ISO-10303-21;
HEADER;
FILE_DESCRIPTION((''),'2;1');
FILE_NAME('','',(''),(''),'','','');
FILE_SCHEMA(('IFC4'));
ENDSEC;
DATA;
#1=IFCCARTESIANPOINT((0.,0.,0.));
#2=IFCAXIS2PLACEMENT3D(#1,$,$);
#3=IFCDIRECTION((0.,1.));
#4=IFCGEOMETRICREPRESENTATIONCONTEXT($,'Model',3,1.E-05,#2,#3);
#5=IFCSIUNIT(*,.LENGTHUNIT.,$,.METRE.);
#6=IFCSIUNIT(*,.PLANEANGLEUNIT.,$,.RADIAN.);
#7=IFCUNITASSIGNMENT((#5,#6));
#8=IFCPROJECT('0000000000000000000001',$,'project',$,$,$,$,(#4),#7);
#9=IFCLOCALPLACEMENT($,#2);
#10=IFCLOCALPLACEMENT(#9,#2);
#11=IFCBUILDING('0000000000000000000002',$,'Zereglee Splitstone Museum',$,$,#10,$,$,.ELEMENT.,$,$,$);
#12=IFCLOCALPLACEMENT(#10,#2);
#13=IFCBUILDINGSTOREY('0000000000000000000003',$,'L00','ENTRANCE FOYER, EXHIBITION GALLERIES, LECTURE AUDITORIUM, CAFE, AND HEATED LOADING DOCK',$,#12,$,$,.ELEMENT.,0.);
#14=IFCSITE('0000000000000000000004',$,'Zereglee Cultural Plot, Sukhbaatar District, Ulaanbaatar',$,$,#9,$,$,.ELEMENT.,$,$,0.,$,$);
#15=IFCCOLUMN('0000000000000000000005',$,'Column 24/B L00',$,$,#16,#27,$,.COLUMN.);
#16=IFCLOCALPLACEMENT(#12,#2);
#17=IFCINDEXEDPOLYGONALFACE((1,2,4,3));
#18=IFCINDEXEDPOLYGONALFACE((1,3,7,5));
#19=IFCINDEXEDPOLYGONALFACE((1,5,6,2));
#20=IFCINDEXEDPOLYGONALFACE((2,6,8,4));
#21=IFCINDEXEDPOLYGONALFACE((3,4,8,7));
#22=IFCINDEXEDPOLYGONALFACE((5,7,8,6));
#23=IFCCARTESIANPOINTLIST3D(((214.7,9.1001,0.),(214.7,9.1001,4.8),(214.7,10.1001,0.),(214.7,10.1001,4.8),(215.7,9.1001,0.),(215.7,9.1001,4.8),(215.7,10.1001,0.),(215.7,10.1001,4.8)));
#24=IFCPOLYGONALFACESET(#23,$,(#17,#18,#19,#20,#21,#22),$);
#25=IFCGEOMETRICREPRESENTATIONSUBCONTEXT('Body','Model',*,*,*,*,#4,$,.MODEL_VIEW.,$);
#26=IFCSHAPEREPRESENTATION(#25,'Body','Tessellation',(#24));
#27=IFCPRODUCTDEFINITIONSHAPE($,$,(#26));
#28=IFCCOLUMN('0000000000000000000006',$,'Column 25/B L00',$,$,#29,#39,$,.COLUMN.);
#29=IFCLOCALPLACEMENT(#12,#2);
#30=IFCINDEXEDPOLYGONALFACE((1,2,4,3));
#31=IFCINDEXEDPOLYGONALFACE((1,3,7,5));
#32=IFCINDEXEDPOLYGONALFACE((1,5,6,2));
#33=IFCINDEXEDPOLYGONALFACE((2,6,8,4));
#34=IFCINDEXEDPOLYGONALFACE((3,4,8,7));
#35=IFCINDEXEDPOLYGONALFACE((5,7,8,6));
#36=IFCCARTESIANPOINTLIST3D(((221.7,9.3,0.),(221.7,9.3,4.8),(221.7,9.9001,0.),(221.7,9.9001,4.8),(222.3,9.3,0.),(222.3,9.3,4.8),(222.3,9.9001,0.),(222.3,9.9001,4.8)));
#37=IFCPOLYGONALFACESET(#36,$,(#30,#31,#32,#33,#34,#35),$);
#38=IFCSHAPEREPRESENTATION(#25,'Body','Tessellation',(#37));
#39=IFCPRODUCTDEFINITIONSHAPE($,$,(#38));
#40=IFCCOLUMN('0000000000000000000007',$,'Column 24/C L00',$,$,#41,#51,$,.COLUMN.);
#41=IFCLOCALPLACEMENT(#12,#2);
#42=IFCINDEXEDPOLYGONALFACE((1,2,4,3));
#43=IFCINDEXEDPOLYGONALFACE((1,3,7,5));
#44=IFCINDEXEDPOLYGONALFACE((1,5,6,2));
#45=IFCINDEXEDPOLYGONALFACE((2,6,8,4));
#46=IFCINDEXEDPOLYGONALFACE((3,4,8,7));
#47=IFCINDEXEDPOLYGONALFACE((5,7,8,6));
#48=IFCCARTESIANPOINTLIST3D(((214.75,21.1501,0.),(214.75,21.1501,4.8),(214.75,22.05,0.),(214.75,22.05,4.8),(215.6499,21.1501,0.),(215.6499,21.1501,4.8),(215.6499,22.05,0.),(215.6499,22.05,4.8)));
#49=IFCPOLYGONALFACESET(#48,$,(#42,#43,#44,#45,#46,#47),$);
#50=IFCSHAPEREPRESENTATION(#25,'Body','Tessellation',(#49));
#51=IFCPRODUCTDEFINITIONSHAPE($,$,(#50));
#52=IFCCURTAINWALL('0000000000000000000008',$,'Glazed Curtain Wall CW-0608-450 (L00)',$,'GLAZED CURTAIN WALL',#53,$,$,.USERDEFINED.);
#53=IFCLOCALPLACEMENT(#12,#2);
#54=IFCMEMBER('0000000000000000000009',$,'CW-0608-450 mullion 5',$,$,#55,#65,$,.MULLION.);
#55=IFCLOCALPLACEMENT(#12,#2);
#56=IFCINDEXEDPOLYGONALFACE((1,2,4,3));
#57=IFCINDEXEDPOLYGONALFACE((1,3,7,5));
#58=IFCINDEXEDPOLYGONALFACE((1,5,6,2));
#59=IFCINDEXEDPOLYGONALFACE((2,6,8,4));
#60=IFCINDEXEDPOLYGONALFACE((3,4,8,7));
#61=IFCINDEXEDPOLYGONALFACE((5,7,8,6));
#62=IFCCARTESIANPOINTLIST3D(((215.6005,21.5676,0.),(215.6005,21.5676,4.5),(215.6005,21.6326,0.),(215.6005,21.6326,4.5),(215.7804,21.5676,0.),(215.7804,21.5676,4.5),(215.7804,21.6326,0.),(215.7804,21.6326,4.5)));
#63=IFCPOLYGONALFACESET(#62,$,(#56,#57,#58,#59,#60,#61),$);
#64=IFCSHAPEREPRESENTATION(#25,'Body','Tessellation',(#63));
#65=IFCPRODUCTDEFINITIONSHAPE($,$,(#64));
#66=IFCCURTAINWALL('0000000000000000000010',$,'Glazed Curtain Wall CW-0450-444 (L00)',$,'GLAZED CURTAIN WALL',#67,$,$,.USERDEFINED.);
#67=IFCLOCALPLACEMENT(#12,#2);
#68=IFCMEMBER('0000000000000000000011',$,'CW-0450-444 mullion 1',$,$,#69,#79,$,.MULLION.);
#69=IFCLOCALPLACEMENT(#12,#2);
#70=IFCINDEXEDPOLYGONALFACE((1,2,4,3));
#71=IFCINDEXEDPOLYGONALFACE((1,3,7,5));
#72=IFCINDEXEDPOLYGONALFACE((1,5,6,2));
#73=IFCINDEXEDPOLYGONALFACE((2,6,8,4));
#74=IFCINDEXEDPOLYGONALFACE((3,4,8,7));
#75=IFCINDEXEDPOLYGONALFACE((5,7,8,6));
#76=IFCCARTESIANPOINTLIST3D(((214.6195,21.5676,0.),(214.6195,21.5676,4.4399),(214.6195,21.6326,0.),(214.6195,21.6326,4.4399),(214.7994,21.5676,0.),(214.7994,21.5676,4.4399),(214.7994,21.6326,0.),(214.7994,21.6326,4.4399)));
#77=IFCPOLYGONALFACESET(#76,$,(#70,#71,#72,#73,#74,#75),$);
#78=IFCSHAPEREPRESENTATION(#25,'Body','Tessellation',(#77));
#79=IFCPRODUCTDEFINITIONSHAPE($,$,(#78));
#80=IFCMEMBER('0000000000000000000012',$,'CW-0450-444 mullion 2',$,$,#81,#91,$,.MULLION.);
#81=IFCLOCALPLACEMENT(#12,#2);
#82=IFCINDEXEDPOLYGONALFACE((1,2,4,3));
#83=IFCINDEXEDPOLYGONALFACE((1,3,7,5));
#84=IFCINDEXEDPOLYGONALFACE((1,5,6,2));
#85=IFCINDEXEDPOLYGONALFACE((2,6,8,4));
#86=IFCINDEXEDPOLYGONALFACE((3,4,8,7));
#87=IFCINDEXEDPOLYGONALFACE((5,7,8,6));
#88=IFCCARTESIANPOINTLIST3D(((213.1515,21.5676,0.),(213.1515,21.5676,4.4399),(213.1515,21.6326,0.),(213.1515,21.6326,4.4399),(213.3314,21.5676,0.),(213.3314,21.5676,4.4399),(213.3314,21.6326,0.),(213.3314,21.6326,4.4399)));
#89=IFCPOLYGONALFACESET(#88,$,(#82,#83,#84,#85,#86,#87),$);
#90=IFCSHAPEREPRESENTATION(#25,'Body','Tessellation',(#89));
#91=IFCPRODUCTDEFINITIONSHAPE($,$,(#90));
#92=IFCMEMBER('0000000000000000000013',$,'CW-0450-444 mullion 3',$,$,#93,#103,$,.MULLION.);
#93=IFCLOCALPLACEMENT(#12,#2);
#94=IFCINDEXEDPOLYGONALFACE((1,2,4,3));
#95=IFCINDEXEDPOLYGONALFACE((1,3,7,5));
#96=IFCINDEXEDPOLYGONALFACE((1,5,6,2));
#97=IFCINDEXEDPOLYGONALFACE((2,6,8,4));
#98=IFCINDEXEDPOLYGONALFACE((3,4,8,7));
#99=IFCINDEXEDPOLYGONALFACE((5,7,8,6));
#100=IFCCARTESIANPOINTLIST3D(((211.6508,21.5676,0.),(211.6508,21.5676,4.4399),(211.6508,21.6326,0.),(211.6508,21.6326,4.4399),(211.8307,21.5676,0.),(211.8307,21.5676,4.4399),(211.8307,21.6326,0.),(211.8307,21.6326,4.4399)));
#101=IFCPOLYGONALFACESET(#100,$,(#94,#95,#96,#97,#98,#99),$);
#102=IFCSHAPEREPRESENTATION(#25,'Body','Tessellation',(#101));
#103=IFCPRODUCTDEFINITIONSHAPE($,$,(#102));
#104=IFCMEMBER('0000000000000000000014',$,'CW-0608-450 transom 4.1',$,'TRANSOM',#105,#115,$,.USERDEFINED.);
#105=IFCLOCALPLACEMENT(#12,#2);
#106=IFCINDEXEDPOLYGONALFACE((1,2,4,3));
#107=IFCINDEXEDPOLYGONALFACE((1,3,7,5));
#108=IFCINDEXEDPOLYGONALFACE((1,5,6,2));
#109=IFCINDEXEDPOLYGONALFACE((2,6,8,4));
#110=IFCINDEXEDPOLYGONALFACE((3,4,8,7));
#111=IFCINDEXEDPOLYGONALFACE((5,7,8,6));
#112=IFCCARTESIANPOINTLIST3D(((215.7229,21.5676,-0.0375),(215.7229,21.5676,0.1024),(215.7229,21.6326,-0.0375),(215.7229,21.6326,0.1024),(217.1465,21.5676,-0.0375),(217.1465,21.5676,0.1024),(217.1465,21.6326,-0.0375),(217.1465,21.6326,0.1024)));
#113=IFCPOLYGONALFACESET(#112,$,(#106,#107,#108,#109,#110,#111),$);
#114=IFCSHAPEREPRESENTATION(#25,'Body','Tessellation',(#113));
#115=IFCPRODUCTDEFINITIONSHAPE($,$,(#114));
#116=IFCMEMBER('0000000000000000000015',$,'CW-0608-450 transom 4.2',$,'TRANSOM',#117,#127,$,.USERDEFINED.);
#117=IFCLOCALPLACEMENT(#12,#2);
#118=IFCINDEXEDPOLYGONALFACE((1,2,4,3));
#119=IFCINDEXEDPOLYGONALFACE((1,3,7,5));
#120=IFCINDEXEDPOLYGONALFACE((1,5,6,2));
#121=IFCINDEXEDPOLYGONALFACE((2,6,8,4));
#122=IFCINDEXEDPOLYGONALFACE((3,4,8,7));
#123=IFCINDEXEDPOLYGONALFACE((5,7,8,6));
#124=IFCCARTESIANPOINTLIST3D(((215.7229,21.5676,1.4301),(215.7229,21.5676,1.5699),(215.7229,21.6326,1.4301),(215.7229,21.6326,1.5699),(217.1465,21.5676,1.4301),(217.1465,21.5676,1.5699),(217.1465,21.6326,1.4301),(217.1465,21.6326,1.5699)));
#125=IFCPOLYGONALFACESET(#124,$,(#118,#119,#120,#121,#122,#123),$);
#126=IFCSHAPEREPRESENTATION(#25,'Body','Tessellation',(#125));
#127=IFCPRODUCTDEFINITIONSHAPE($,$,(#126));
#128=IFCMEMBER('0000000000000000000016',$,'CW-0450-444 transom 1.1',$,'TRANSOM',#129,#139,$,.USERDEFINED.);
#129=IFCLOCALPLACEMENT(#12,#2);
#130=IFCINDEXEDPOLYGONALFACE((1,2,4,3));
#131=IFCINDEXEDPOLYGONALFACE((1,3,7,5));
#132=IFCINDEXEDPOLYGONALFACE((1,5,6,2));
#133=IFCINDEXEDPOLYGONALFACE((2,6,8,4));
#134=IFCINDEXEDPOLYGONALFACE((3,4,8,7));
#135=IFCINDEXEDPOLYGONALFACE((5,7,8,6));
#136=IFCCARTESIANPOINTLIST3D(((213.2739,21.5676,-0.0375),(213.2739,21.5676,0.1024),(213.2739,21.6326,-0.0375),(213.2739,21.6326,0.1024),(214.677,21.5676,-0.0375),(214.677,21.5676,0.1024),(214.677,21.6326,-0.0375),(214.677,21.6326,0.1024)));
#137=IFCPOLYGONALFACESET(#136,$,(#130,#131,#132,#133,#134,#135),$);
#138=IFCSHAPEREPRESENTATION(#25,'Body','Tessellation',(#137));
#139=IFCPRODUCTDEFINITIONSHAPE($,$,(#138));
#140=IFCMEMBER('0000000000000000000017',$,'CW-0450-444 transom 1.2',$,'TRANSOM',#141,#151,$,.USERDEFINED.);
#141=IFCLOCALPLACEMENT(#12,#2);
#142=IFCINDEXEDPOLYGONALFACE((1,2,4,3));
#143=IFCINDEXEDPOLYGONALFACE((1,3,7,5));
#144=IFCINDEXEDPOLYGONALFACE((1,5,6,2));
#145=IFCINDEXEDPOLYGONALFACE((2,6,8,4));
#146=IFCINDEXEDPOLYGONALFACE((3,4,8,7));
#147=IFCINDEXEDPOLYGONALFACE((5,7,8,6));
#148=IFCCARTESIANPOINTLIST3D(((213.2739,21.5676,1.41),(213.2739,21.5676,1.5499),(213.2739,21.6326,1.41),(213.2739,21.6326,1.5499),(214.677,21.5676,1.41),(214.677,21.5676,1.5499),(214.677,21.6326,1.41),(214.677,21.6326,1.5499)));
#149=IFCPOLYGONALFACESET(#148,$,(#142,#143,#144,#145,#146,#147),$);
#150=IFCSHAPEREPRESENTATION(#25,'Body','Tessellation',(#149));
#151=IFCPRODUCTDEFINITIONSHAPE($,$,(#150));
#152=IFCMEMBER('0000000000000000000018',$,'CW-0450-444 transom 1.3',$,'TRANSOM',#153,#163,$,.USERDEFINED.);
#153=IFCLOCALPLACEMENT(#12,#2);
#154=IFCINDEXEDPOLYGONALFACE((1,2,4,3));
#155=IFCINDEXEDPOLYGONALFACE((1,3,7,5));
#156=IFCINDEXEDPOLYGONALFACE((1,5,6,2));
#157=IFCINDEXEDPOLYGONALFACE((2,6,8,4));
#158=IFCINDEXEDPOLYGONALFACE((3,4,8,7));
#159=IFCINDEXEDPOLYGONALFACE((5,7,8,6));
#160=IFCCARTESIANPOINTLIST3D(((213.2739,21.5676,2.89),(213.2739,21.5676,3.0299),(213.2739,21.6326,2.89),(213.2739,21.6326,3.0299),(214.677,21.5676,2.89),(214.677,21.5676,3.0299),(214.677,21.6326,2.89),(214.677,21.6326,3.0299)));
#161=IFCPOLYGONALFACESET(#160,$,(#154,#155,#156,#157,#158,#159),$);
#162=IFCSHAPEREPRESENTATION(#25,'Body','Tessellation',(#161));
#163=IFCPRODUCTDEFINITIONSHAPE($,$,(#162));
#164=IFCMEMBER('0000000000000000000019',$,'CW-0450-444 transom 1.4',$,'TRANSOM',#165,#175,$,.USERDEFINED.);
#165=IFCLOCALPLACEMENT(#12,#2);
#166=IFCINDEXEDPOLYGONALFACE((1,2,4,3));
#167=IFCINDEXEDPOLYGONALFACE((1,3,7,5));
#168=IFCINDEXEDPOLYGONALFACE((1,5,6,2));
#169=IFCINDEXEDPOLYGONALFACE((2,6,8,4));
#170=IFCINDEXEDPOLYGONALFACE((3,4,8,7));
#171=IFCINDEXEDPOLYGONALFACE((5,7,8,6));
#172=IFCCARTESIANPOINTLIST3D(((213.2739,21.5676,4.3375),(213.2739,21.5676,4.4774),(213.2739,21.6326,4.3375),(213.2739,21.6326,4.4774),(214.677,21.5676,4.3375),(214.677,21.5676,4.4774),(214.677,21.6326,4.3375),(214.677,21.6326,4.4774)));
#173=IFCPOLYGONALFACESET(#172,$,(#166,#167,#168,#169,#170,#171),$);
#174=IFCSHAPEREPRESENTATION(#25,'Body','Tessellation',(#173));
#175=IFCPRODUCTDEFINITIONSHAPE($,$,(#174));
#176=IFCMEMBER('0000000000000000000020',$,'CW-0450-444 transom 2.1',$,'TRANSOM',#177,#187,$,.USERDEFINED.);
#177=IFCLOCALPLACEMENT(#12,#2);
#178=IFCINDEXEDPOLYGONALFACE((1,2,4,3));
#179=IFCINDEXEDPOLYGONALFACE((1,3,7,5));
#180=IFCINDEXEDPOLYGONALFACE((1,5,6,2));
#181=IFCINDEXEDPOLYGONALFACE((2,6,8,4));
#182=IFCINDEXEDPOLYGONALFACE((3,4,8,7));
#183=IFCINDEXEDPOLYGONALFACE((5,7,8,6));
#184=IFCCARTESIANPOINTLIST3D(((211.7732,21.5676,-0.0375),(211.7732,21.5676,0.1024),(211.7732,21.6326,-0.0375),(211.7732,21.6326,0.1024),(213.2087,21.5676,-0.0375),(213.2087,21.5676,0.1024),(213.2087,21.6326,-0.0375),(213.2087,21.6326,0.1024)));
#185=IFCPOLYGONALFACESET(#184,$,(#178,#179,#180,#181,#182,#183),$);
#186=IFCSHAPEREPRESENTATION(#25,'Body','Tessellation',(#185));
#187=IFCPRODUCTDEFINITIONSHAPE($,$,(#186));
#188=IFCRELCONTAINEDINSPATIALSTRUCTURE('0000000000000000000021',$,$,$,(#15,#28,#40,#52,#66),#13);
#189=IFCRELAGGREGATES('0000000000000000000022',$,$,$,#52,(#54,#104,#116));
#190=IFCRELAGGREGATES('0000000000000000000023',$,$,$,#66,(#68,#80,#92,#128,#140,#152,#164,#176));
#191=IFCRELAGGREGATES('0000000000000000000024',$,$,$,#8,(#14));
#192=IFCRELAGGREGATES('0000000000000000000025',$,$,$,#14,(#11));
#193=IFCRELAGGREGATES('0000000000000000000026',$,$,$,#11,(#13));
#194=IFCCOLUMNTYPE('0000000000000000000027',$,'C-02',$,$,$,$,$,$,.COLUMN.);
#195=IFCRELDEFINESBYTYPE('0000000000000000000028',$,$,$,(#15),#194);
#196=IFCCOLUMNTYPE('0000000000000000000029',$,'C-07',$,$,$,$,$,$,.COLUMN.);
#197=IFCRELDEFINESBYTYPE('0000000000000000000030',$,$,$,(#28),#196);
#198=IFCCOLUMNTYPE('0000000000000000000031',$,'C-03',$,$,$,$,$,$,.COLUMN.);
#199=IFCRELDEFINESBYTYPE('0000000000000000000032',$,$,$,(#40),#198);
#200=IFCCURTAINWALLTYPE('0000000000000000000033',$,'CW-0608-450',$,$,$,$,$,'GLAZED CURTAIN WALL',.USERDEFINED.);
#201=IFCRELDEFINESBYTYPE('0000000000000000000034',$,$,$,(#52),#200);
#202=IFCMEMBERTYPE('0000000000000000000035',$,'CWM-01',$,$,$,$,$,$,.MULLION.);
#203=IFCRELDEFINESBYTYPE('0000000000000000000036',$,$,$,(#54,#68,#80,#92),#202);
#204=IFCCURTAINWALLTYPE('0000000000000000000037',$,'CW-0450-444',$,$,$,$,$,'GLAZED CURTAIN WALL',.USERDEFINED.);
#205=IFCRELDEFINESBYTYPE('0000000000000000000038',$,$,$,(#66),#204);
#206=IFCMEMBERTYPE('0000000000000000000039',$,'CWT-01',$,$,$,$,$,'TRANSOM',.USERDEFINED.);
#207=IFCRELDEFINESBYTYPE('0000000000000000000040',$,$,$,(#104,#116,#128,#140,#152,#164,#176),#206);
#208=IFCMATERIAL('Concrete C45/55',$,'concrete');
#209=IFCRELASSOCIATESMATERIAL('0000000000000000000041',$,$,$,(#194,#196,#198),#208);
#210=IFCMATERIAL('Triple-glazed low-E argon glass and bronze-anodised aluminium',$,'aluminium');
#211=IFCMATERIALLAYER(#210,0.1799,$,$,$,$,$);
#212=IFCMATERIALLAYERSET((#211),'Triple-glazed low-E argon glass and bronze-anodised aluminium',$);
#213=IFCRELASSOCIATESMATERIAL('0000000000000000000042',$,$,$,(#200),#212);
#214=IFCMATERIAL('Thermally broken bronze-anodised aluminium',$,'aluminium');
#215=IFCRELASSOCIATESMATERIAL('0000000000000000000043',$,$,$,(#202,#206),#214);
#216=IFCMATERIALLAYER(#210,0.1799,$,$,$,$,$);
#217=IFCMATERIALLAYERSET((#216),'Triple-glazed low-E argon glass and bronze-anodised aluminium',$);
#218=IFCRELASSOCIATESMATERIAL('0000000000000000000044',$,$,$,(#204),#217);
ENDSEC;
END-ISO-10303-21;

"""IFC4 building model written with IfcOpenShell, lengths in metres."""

from ifc_helpers import new_model, si_unit, direction, frame, origin, origin_2d, place, context, subcontext, project, spatial, rectangle, extrude, material, layer, layer_set, material_profile, profile_set, type_object, element, aggregate, save


model = new_model("IFC4")

# Units and contexts
model_context = context("Model", 3, precision=1e-05, world=origin(), true_north=direction((0.0, 1.0)))
body_context = subcontext(model_context, "Body", "Model", "MODEL_VIEW")
ifc_project = project(units=[si_unit("LENGTHUNIT", "METRE"), si_unit("PLANEANGLEUNIT", "RADIAN")], contexts=[model_context])

# Site, building, storey
site_placement = place(None, origin())
site = spatial("IfcSite", under=ifc_project, at=site_placement, Name="Zereglee Cultural Plot, Sukhbaatar District, Ulaanbaatar", CompositionType="ELEMENT", RefElevation=0.0)
building_placement = place(site_placement, origin())
building = spatial("IfcBuilding", under=site, at=building_placement, Name="Zereglee Splitstone Museum", CompositionType="ELEMENT")
storey_placement = place(building_placement, origin())
storey = spatial("IfcBuildingStorey", under=building, at=storey_placement, Name="L00", Description="ENTRANCE FOYER, EXHIBITION GALLERIES, LECTURE AUDITORIUM, CAFE, AND HEATED LOADING DOCK", CompositionType="ELEMENT", Elevation=0.0)

# Columns
ifc_material_1 = material(Name="Concrete C45/55", Category="concrete")
ifc_material_profile_1 = material_profile(ifc_material_1, rectangle(XDim=1.0, YDim=1.0, at=origin_2d()), Name="RC 1000x1000")
ifc_profile_set_1 = profile_set([ifc_material_profile_1], Name="Concrete C45/55")
column_type_1 = type_object("IfcColumnType", Name="C-02", PredefinedType="COLUMN", material=ifc_profile_set_1)
column_1_placement = place(storey_placement, frame((215.2, 9.6001, 0.0), z_axis=(0.0, 0.0, 1.0), x_axis=(1.0, 0.0, 0.0)))
element("IfcColumn", 1, at=column_1_placement, inside=storey, type_object=column_type_1, Name="Column 24/B L00", PredefinedType="COLUMN", context=body_context, shape_type="SweptSolid", body=[
    extrude(rectangle(XDim=1.0, YDim=1.0, at=origin_2d()), origin(), (0.0, 0.0, 1.0), 4.8),
])
ifc_material_profile_2 = material_profile(ifc_material_1, rectangle(XDim=0.6001, YDim=0.6001, at=origin_2d()), Name="RC 600x600")
ifc_profile_set_2 = profile_set([ifc_material_profile_2], Name="Concrete C45/55")
column_type_2 = type_object("IfcColumnType", Name="C-07", PredefinedType="COLUMN", material=ifc_profile_set_2)
column_2_placement = place(storey_placement, frame((222.0, 9.6001, 0.0), z_axis=(0.0, 0.0, 1.0), x_axis=(1.0, 0.0, 0.0)))
element("IfcColumn", 2, at=column_2_placement, inside=storey, type_object=column_type_2, Name="Column 25/B L00", PredefinedType="COLUMN", context=body_context, shape_type="SweptSolid", body=[
    extrude(rectangle(XDim=0.6001, YDim=0.6001, at=origin_2d()), origin(), (0.0, 0.0, 1.0), 4.8),
])
ifc_material_profile_3 = material_profile(ifc_material_1, rectangle(XDim=0.8999, YDim=0.8999, at=origin_2d()), Name="RC 900x900")
ifc_profile_set_3 = profile_set([ifc_material_profile_3], Name="Concrete C45/55")
column_type_3 = type_object("IfcColumnType", Name="C-03", PredefinedType="COLUMN", material=ifc_profile_set_3)
column_3_placement = place(storey_placement, frame((215.2, 21.6001, 0.0), z_axis=(0.0, 0.0, 1.0), x_axis=(1.0, 0.0, 0.0)))
element("IfcColumn", 3, at=column_3_placement, inside=storey, type_object=column_type_3, Name="Column 24/C L00", PredefinedType="COLUMN", context=body_context, shape_type="SweptSolid", body=[
    extrude(rectangle(XDim=0.8999, YDim=0.8999, at=origin_2d()), origin(), (0.0, 0.0, 1.0), 4.8),
])

# Curtain wall, member
ifc_material_2 = material(Name="Triple-glazed low-E argon glass and bronze-anodised aluminium", Category="aluminium")
ifc_layer_1 = layer(ifc_material_2, 0.1799)
ifc_layer_set_1 = layer_set([ifc_layer_1], Name="Triple-glazed low-E argon glass and bronze-anodised aluminium")
curtain_wall_type_1 = type_object("IfcCurtainWallType", Name="CW-0608-450", ElementType="GLAZED CURTAIN WALL", PredefinedType="USERDEFINED", material=ifc_layer_set_1)
curtain_wall_1_placement = place(storey_placement, origin())
curtain_wall_1 = element("IfcCurtainWall", 4, at=curtain_wall_1_placement, inside=storey, type_object=curtain_wall_type_1, Name="Glazed Curtain Wall CW-0608-450 (L00)", ObjectType="GLAZED CURTAIN WALL", PredefinedType="USERDEFINED")
ifc_material_3 = material(Name="Thermally broken bronze-anodised aluminium", Category="aluminium")
ifc_material_profile_4 = material_profile(ifc_material_3, rectangle(XDim=0.0649, YDim=0.1799, at=origin_2d()), Name="CW MULL 65x180")
ifc_profile_set_4 = profile_set([ifc_material_profile_4], Name="Thermally broken bronze-anodised aluminium")
member_type_1 = type_object("IfcMemberType", Name="CWM-01", PredefinedType="MULLION", material=ifc_profile_set_4)
member_1_placement = place(storey_placement, frame((215.6904, 21.6001, 0.0), z_axis=(0.0, 0.0, 1.0), x_axis=(0.0, -1.0, 0.0)))
member_1 = element("IfcMember", 5, at=member_1_placement, type_object=member_type_1, Name="CW-0608-450 mullion 5", PredefinedType="MULLION", context=body_context, shape_type="SweptSolid", body=[
    extrude(rectangle(XDim=0.0649, YDim=0.1799, at=origin_2d()), origin(), (0.0, 0.0, 1.0), 4.5),
])

# Curtain wall, members
ifc_layer_2 = layer(ifc_material_2, 0.1799)
ifc_layer_set_2 = layer_set([ifc_layer_2], Name="Triple-glazed low-E argon glass and bronze-anodised aluminium")
curtain_wall_type_2 = type_object("IfcCurtainWallType", Name="CW-0450-444", ElementType="GLAZED CURTAIN WALL", PredefinedType="USERDEFINED", material=ifc_layer_set_2)
curtain_wall_2_placement = place(storey_placement, origin())
curtain_wall_2 = element("IfcCurtainWall", 6, at=curtain_wall_2_placement, inside=storey, type_object=curtain_wall_type_2, Name="Glazed Curtain Wall CW-0450-444 (L00)", ObjectType="GLAZED CURTAIN WALL", PredefinedType="USERDEFINED")
member_2_placement = place(storey_placement, frame((214.7095, 21.6001, 0.0), z_axis=(0.0, 0.0, 1.0), x_axis=(0.0, -1.0, 0.0)))
member_2 = element("IfcMember", 7, at=member_2_placement, type_object=member_type_1, Name="CW-0450-444 mullion 1", PredefinedType="MULLION", context=body_context, shape_type="SweptSolid", body=[
    extrude(rectangle(XDim=0.0649, YDim=0.1799, at=origin_2d()), origin(), (0.0, 0.0, 1.0), 4.4399),
])
member_3_placement = place(storey_placement, frame((213.2415, 21.6001, 0.0), z_axis=(0.0, 0.0, 1.0), x_axis=(0.0, -1.0, 0.0)))
member_3 = element("IfcMember", 8, at=member_3_placement, type_object=member_type_1, Name="CW-0450-444 mullion 2", PredefinedType="MULLION", context=body_context, shape_type="SweptSolid", body=[
    extrude(rectangle(XDim=0.0649, YDim=0.1799, at=origin_2d()), origin(), (0.0, 0.0, 1.0), 4.4399),
])
member_4_placement = place(storey_placement, frame((211.7407, 21.6001, 0.0), z_axis=(0.0, 0.0, 1.0), x_axis=(0.0, -1.0, 0.0)))
member_4 = element("IfcMember", 9, at=member_4_placement, type_object=member_type_1, Name="CW-0450-444 mullion 3", PredefinedType="MULLION", context=body_context, shape_type="SweptSolid", body=[
    extrude(rectangle(XDim=0.0649, YDim=0.1799, at=origin_2d()), origin(), (0.0, 0.0, 1.0), 4.4399),
])

# Members
ifc_material_profile_5 = material_profile(ifc_material_3, rectangle(XDim=0.0649, YDim=0.1399, at=origin_2d()), Name="CW TRAN 65x140")
ifc_profile_set_5 = profile_set([ifc_material_profile_5], Name="Thermally broken bronze-anodised aluminium")
member_type_2 = type_object("IfcMemberType", Name="CWT-01", ElementType="TRANSOM", PredefinedType="USERDEFINED", material=ifc_profile_set_5)
member_5_placement = place(storey_placement, frame((217.1465, 21.6001, 0.0325), z_axis=(-1.0, 0.0, 0.0), x_axis=(0.0, -1.0, 0.0)))
member_5 = element("IfcMember", 10, at=member_5_placement, type_object=member_type_2, Name="CW-0608-450 transom 4.1", ObjectType="TRANSOM", PredefinedType="USERDEFINED", context=body_context, shape_type="SweptSolid", body=[
    extrude(rectangle(XDim=0.0649, YDim=0.1399, at=origin_2d()), origin(), (0.0, 0.0, 1.0), 1.4236),
])
member_6_placement = place(storey_placement, frame((217.1465, 21.6001, 1.5), z_axis=(-1.0, 0.0, 0.0), x_axis=(0.0, -1.0, 0.0)))
member_6 = element("IfcMember", 11, at=member_6_placement, type_object=member_type_2, Name="CW-0608-450 transom 4.2", ObjectType="TRANSOM", PredefinedType="USERDEFINED", context=body_context, shape_type="SweptSolid", body=[
    extrude(rectangle(XDim=0.0649, YDim=0.1399, at=origin_2d()), origin(), (0.0, 0.0, 1.0), 1.4236),
])
member_7_placement = place(storey_placement, frame((214.677, 21.6001, 0.0325), z_axis=(-1.0, 0.0, 0.0), x_axis=(0.0, -1.0, 0.0)))
member_7 = element("IfcMember", 12, at=member_7_placement, type_object=member_type_2, Name="CW-0450-444 transom 1.1", ObjectType="TRANSOM", PredefinedType="USERDEFINED", context=body_context, shape_type="SweptSolid", body=[
    extrude(rectangle(XDim=0.0649, YDim=0.1399, at=origin_2d()), origin(), (0.0, 0.0, 1.0), 1.4031),
])
member_8_placement = place(storey_placement, frame((214.677, 21.6001, 1.48), z_axis=(-1.0, 0.0, 0.0), x_axis=(0.0, -1.0, 0.0)))
member_8 = element("IfcMember", 13, at=member_8_placement, type_object=member_type_2, Name="CW-0450-444 transom 1.2", ObjectType="TRANSOM", PredefinedType="USERDEFINED", context=body_context, shape_type="SweptSolid", body=[
    extrude(rectangle(XDim=0.0649, YDim=0.1399, at=origin_2d()), origin(), (0.0, 0.0, 1.0), 1.4031),
])
member_9_placement = place(storey_placement, frame((214.677, 21.6001, 2.96), z_axis=(-1.0, 0.0, 0.0), x_axis=(0.0, -1.0, 0.0)))
member_9 = element("IfcMember", 14, at=member_9_placement, type_object=member_type_2, Name="CW-0450-444 transom 1.3", ObjectType="TRANSOM", PredefinedType="USERDEFINED", context=body_context, shape_type="SweptSolid", body=[
    extrude(rectangle(XDim=0.0649, YDim=0.1399, at=origin_2d()), origin(), (0.0, 0.0, 1.0), 1.4031),
])
member_10_placement = place(storey_placement, frame((214.677, 21.6001, 4.4075), z_axis=(-1.0, 0.0, 0.0), x_axis=(0.0, -1.0, 0.0)))
member_10 = element("IfcMember", 15, at=member_10_placement, type_object=member_type_2, Name="CW-0450-444 transom 1.4", ObjectType="TRANSOM", PredefinedType="USERDEFINED", context=body_context, shape_type="SweptSolid", body=[
    extrude(rectangle(XDim=0.0649, YDim=0.1399, at=origin_2d()), origin(), (0.0, 0.0, 1.0), 1.4031),
])
member_11_placement = place(storey_placement, frame((213.2087, 21.6001, 0.0325), z_axis=(-1.0, 0.0, 0.0), x_axis=(0.0, -1.0, 0.0)))
member_11 = element("IfcMember", 16, at=member_11_placement, type_object=member_type_2, Name="CW-0450-444 transom 2.1", ObjectType="TRANSOM", PredefinedType="USERDEFINED", context=body_context, shape_type="SweptSolid", body=[
    extrude(rectangle(XDim=0.0649, YDim=0.1399, at=origin_2d()), origin(), (0.0, 0.0, 1.0), 1.4355),
])

aggregate(curtain_wall_1, [member_1, member_5, member_6])
aggregate(curtain_wall_2, [member_2, member_3, member_4, member_7, member_8, member_9, member_10, member_11])

save(model, "model.ifc")
